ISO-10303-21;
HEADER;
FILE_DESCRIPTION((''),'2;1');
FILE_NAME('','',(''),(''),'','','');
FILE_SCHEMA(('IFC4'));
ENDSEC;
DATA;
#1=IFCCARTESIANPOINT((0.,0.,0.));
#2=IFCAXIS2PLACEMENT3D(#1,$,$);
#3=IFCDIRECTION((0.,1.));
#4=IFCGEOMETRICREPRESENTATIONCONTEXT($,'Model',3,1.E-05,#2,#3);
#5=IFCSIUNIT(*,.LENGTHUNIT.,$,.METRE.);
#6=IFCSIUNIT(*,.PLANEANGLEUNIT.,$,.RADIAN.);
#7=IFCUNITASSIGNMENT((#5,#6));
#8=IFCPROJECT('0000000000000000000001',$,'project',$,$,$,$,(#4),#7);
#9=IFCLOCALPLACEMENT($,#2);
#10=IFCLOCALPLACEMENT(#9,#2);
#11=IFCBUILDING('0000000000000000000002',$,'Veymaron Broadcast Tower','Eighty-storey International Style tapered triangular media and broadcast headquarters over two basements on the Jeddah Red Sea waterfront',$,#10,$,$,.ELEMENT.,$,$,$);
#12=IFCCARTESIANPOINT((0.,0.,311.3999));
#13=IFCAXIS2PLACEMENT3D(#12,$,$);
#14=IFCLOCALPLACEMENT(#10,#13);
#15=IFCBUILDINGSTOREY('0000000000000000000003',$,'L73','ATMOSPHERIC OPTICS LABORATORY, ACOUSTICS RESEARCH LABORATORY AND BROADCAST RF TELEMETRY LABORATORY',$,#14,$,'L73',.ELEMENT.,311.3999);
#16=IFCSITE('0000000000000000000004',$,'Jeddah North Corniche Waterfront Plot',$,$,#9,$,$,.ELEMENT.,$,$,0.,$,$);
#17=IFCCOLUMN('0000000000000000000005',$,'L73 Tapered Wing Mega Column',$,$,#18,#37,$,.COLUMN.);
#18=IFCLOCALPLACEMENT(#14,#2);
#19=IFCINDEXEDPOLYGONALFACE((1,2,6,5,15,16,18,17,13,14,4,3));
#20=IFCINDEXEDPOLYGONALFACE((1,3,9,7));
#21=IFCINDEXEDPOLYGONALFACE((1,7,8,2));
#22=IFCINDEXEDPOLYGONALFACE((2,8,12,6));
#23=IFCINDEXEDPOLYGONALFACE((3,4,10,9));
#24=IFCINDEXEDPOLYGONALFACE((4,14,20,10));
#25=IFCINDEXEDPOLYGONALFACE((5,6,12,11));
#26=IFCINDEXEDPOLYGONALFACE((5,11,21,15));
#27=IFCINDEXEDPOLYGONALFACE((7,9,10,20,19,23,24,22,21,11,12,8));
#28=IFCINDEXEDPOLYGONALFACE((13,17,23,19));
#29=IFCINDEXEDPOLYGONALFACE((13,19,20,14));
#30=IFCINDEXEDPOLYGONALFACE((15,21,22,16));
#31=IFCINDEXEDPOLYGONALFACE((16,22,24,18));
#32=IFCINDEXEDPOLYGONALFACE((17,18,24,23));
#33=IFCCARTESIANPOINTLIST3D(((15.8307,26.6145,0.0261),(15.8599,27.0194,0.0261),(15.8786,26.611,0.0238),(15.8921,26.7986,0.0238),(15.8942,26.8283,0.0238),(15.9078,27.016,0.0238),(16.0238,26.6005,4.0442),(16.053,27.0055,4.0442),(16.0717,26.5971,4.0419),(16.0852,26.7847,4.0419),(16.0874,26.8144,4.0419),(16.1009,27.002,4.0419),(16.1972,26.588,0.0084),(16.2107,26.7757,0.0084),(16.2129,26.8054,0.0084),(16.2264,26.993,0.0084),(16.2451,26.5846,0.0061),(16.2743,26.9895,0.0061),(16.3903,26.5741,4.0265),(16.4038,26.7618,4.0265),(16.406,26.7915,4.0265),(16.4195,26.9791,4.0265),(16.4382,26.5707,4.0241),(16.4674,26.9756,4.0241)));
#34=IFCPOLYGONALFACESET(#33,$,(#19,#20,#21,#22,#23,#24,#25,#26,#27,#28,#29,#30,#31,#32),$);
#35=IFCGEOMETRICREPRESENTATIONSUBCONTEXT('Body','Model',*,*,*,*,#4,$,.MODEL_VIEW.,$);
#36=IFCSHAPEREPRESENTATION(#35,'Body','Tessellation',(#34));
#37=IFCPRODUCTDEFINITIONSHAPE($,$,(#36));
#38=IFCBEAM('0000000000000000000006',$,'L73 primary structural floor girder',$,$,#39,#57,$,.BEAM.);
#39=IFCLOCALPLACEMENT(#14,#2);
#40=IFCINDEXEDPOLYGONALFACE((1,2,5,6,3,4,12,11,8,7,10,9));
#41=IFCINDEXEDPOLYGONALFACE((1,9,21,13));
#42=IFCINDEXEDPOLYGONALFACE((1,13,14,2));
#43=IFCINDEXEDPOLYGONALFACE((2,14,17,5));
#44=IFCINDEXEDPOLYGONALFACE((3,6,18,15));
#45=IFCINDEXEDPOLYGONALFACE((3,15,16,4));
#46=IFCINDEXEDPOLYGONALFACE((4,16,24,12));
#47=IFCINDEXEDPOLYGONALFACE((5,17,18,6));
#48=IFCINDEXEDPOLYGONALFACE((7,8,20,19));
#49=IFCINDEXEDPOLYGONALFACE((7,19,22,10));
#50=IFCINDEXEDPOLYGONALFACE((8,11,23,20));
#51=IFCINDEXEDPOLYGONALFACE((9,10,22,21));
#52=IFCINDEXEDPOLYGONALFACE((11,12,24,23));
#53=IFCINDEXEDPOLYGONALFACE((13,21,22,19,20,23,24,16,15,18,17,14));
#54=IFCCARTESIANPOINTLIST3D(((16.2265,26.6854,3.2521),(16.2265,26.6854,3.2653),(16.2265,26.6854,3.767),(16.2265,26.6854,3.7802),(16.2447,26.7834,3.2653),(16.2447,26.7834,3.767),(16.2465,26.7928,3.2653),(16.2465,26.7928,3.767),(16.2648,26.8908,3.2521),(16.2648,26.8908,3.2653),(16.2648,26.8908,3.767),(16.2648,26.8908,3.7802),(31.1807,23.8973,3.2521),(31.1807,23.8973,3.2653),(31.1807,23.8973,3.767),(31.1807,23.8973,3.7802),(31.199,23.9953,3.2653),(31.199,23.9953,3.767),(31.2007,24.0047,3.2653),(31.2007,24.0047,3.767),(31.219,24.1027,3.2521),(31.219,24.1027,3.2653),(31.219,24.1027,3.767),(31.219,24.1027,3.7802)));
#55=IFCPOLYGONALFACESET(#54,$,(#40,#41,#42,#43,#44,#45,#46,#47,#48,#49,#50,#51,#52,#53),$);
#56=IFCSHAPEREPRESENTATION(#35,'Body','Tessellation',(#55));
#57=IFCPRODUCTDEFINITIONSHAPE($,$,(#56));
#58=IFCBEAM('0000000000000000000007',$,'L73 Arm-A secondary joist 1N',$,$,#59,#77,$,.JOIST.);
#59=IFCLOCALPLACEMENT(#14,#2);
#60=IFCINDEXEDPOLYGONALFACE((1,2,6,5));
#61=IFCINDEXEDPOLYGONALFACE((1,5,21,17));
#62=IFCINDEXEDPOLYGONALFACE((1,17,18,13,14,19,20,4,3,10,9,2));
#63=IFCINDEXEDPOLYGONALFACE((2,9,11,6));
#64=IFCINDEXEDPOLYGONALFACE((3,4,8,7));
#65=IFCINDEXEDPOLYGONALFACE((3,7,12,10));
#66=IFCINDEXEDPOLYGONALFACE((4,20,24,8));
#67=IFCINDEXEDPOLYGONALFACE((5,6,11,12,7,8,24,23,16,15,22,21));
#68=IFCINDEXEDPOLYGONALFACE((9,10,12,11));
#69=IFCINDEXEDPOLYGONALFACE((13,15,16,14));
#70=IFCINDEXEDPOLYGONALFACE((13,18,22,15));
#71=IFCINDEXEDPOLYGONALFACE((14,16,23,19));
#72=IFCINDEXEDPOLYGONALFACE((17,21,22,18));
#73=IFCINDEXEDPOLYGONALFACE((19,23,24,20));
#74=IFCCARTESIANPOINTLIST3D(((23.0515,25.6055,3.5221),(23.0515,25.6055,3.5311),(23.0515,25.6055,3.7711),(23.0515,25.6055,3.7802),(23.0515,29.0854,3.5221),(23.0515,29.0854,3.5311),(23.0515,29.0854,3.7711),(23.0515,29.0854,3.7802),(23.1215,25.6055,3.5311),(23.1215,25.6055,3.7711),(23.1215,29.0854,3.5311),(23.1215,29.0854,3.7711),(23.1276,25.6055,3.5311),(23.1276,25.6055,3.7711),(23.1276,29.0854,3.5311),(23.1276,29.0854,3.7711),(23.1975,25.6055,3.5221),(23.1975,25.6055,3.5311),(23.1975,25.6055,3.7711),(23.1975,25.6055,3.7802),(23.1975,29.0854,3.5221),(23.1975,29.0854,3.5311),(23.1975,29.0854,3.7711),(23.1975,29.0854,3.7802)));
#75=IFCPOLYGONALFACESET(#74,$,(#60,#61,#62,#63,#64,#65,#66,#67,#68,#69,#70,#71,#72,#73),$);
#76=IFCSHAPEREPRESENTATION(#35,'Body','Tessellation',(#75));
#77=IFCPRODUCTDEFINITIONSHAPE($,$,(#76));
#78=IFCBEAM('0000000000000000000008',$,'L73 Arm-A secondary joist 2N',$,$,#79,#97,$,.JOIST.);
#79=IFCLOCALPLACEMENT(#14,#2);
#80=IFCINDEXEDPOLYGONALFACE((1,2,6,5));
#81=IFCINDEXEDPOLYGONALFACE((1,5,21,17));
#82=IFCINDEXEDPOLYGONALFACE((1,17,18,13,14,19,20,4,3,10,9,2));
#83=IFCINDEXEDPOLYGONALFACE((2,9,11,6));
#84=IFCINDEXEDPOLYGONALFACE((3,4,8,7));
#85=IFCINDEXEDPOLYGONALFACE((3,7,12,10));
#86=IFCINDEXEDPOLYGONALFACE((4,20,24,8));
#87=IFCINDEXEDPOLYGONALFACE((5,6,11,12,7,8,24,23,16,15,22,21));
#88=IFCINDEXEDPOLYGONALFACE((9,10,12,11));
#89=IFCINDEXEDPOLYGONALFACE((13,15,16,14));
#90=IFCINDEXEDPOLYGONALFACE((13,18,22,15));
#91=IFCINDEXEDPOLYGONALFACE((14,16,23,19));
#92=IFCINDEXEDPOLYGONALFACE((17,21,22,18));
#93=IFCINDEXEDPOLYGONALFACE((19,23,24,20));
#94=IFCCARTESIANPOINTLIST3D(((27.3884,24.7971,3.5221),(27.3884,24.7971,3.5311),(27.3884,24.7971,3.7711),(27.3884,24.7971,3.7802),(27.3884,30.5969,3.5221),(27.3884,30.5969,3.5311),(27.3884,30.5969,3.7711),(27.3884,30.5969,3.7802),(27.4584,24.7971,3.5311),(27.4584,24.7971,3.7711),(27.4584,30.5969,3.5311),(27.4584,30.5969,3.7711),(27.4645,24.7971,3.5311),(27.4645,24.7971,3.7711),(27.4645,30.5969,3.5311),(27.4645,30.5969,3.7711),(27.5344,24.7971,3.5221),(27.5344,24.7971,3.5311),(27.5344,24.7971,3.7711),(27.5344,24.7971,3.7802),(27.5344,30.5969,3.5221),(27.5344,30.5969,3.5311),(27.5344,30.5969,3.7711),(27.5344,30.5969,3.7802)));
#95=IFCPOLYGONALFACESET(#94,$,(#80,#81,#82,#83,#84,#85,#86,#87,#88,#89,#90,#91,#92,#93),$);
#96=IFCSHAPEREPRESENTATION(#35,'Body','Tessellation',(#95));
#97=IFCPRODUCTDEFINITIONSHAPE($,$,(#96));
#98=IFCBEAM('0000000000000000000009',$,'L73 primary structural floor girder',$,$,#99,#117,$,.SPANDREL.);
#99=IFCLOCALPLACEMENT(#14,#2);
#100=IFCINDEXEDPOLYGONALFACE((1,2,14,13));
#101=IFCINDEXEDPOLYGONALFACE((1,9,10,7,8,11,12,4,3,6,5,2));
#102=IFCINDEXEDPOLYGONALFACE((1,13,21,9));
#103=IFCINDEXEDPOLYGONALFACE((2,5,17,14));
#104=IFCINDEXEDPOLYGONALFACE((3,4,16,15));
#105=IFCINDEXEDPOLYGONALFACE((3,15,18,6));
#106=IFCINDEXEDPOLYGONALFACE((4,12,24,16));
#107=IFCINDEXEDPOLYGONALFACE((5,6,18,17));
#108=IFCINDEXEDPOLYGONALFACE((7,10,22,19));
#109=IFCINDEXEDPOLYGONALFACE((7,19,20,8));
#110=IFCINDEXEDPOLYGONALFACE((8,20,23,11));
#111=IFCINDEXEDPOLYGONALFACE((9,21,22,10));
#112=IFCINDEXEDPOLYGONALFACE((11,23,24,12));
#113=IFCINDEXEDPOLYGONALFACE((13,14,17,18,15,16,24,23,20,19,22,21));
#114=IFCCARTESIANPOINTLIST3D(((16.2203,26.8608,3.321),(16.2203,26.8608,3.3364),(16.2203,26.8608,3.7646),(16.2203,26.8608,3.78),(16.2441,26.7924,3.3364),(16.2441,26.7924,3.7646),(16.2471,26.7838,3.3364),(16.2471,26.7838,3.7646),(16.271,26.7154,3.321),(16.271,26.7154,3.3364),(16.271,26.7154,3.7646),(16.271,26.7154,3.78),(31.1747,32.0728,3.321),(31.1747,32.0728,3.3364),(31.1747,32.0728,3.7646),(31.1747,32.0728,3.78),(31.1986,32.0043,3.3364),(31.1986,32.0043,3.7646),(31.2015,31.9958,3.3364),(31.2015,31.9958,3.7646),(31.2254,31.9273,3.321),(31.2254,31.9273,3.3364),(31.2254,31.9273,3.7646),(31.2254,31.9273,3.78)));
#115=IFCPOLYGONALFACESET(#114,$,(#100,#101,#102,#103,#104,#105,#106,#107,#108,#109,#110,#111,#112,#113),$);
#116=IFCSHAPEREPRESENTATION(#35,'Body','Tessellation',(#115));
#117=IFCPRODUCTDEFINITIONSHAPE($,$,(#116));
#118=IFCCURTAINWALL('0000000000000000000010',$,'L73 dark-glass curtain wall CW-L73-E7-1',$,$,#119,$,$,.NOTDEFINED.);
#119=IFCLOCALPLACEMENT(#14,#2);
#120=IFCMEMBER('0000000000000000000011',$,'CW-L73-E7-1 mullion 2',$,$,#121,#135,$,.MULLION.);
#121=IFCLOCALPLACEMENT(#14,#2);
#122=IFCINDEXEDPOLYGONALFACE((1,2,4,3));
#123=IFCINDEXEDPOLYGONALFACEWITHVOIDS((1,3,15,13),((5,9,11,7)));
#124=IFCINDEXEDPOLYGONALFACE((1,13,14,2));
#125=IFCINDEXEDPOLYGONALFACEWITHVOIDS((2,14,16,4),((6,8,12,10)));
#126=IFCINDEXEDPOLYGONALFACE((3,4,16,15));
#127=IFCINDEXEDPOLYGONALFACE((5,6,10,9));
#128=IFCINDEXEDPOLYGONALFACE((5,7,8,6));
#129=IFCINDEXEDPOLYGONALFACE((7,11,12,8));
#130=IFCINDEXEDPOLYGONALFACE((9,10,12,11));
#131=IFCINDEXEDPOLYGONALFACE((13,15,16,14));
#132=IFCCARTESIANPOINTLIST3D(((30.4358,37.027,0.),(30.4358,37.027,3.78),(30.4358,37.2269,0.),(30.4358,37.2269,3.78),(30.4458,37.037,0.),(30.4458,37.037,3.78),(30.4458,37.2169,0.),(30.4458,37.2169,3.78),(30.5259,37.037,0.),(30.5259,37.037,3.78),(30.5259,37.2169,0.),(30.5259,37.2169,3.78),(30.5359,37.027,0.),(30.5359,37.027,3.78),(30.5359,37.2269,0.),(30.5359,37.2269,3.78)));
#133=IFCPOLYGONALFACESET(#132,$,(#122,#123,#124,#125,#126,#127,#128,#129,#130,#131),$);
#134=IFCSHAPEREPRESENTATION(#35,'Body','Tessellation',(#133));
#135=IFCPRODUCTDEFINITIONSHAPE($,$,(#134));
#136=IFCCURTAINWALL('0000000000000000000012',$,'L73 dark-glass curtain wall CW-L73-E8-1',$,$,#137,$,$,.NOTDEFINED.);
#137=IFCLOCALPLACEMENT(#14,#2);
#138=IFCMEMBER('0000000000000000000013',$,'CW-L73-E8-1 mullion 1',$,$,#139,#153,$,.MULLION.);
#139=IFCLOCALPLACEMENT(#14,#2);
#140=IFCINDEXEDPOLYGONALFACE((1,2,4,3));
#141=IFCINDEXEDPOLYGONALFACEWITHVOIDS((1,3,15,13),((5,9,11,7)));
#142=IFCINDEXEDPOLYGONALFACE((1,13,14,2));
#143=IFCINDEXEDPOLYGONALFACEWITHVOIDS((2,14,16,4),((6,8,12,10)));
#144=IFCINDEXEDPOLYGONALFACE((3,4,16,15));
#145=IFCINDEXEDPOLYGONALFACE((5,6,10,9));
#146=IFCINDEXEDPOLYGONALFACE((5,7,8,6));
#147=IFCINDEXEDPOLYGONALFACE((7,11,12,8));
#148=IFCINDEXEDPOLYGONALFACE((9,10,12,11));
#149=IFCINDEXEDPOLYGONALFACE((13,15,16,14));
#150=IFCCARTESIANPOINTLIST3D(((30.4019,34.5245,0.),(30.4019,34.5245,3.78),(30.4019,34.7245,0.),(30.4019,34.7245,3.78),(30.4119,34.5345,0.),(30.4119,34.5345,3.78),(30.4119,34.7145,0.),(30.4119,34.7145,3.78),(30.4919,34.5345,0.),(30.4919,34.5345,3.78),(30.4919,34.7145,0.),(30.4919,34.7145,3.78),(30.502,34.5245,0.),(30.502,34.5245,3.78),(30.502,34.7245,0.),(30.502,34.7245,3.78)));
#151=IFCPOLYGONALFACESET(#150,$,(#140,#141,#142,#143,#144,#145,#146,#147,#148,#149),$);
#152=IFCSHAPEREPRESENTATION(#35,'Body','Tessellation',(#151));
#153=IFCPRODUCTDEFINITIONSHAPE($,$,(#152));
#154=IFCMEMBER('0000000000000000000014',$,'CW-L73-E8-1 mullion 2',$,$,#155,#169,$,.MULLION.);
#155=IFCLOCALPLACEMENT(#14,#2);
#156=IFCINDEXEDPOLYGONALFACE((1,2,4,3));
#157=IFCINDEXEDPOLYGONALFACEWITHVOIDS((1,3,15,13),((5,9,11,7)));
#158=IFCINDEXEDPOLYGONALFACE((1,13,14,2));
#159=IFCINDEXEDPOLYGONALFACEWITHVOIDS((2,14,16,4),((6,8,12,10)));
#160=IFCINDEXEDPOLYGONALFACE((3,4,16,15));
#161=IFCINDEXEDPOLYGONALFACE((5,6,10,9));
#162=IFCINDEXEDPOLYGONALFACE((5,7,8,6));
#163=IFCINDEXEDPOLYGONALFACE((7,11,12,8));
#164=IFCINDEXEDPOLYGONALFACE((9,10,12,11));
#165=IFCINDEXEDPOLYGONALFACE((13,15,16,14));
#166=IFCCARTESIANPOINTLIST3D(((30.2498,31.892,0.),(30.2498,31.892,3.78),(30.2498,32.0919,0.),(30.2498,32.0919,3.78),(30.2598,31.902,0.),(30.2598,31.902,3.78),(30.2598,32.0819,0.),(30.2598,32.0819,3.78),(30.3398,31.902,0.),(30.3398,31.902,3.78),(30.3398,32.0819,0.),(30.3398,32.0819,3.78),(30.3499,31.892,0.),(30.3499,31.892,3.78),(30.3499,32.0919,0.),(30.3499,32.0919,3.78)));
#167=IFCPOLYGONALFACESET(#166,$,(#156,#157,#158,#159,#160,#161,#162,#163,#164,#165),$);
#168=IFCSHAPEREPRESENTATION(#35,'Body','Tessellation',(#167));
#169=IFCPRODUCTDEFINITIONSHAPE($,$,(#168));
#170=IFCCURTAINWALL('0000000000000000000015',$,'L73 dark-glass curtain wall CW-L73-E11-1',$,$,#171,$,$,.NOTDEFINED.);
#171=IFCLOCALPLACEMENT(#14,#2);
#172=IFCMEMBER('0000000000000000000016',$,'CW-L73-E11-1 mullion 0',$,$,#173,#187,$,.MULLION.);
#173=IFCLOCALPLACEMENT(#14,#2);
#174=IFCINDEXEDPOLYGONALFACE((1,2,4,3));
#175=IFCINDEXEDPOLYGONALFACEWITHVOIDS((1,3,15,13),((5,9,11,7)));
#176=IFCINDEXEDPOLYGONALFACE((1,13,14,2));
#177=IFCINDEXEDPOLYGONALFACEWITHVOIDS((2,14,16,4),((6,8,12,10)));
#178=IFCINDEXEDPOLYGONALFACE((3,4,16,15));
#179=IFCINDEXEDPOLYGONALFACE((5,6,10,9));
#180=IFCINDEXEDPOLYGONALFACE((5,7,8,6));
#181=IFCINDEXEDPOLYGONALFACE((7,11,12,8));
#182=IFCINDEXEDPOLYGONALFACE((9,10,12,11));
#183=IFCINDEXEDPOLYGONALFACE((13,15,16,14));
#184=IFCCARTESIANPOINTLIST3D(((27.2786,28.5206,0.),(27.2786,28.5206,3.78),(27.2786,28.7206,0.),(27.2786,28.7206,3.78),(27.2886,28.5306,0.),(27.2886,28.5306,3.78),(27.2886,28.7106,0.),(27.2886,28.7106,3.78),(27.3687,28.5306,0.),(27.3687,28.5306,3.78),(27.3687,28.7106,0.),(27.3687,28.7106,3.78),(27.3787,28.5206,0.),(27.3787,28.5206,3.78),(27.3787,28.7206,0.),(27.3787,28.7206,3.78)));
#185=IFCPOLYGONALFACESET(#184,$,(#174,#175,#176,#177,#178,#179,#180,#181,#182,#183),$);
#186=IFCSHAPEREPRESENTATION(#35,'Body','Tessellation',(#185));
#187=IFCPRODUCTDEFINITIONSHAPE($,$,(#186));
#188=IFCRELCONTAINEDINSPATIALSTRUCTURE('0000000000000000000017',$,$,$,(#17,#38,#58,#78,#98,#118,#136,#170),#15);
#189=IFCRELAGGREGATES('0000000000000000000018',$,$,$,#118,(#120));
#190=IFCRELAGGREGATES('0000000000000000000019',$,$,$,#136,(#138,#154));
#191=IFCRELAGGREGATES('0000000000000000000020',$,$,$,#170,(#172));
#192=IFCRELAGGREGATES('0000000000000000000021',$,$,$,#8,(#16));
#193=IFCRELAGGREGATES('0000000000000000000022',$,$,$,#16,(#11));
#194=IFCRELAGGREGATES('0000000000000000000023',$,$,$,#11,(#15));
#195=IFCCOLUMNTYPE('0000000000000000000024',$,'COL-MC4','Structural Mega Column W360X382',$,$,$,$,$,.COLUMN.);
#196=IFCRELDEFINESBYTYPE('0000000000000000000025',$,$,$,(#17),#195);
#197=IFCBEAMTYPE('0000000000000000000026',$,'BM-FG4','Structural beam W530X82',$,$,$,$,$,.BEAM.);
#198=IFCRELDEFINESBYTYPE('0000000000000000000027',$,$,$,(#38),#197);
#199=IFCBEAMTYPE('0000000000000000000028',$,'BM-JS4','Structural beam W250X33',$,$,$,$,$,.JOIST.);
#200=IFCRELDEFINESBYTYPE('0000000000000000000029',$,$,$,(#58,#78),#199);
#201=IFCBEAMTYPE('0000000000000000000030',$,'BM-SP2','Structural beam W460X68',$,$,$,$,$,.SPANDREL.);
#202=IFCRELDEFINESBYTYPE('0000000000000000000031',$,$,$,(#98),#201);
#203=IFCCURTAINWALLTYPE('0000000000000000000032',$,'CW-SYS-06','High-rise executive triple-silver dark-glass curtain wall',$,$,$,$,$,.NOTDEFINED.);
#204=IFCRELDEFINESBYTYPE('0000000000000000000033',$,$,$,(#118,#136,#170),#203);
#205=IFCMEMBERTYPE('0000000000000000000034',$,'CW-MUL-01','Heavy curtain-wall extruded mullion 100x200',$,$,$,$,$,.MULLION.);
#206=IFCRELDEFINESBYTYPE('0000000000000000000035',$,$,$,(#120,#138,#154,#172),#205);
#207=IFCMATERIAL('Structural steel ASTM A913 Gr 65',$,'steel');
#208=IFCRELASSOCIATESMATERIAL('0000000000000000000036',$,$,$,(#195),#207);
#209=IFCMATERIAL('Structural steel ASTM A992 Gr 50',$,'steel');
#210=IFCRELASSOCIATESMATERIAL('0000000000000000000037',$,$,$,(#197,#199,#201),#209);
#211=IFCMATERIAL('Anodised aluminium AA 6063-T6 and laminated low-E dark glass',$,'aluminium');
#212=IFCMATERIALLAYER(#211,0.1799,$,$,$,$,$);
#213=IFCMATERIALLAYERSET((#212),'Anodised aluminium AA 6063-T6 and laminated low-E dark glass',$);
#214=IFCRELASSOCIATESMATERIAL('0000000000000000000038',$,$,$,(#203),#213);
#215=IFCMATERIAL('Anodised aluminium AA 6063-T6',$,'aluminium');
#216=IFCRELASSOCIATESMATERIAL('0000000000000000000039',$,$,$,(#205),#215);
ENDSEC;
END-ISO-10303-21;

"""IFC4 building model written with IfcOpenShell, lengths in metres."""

from ifc_helpers import new_model, si_unit, direction, frame, origin, origin_2d, place, context, subcontext, project, spatial, hollow_rectangle, i_section, extrude, material, layer, layer_set, material_profile, profile_set, type_object, element, aggregate, save


model = new_model("IFC4")

# Units and contexts
model_context = context("Model", 3, precision=1e-05, world=origin(), true_north=direction((0.0, 1.0)))
body_context = subcontext(model_context, "Body", "Model", "MODEL_VIEW")
ifc_project = project(units=[si_unit("LENGTHUNIT", "METRE"), si_unit("PLANEANGLEUNIT", "RADIAN")], contexts=[model_context])

# Site, building, storey
site_placement = place(None, origin())
site = spatial("IfcSite", under=ifc_project, at=site_placement, Name="Jeddah North Corniche Waterfront Plot", CompositionType="ELEMENT", RefElevation=0.0)
building_placement = place(site_placement, origin())
building = spatial("IfcBuilding", under=site, at=building_placement, Name="Veymaron Broadcast Tower", Description="Eighty-storey International Style tapered triangular media and broadcast headquarters over two basements on the Jeddah Red Sea waterfront", CompositionType="ELEMENT")
storey_placement = place(building_placement, frame((0.0, 0.0, 311.3999)))
storey = spatial("IfcBuildingStorey", under=building, at=storey_placement, Name="L73", Description="ATMOSPHERIC OPTICS LABORATORY, ACOUSTICS RESEARCH LABORATORY AND BROADCAST RF TELEMETRY LABORATORY", LongName="L73", CompositionType="ELEMENT", Elevation=311.3999)

# Column
ifc_material_1 = material(Name="Structural steel ASTM A913 Gr 65", Category="steel")
ifc_material_profile_1 = material_profile(ifc_material_1, i_section(OverallWidth=0.406, OverallDepth=0.416, WebThickness=0.0298, FlangeThickness=0.0481, at=origin_2d()), Name="W360X382")
ifc_profile_set_1 = profile_set([ifc_material_profile_1], Name="Structural steel ASTM A913 Gr 65")
column_type = type_object("IfcColumnType", Name="COL-MC4", Description="Structural Mega Column W360X382", PredefinedType="COLUMN", material=ifc_profile_set_1)
column_placement = place(storey_placement, frame((16.0525, 26.802, 0.0161), z_axis=(0.048006, -0.003459, 0.998841), x_axis=(0.071874, 0.997414, 0.0)))
element("IfcColumn", 1, at=column_placement, inside=storey, type_object=column_type, Name="L73 Tapered Wing Mega Column", PredefinedType="COLUMN", context=body_context, shape_type="SweptSolid", body=[
    extrude(i_section(OverallWidth=0.406, OverallDepth=0.416, WebThickness=0.0298, FlangeThickness=0.0481, at=origin_2d()), origin(), (0.0, 0.0, 1.0), 4.0227),
])

# Beams
ifc_material_2 = material(Name="Structural steel ASTM A992 Gr 50", Category="steel")
ifc_material_profile_2 = material_profile(ifc_material_2, i_section(OverallWidth=0.209, OverallDepth=0.5281, WebThickness=0.0095, FlangeThickness=0.0132, at=origin_2d()), Name="W530X82")
ifc_profile_set_2 = profile_set([ifc_material_profile_2], Name="Structural steel ASTM A992 Gr 50")
beam_type_1 = type_object("IfcBeamType", Name="BM-FG4", Description="Structural beam W530X82", PredefinedType="BEAM", material=ifc_profile_set_2)
beam_1_placement = place(storey_placement, frame((16.2456, 26.7881, 3.5161), z_axis=(0.98306, -0.183282, 0.0), x_axis=(0.183282, 0.98306, 0.0)))
element("IfcBeam", 2, at=beam_1_placement, inside=storey, type_object=beam_type_1, Name="L73 primary structural floor girder", PredefinedType="BEAM", context=body_context, shape_type="SweptSolid", body=[
    extrude(i_section(OverallWidth=0.209, OverallDepth=0.5281, WebThickness=0.0095, FlangeThickness=0.0132, at=origin_2d()), origin(), (0.0, 0.0, 1.0), 15.2119),
])
ifc_material_profile_3 = material_profile(ifc_material_2, i_section(OverallWidth=0.146, OverallDepth=0.2581, WebThickness=0.0061, FlangeThickness=0.009, at=origin_2d()), Name="W250X33")
ifc_profile_set_3 = profile_set([ifc_material_profile_3], Name="Structural steel ASTM A992 Gr 50")
beam_type_2 = type_object("IfcBeamType", Name="BM-JS4", Description="Structural beam W250X33", PredefinedType="JOIST", material=ifc_profile_set_3)
beam_2_placement = place(storey_placement, frame((23.1245, 25.6055, 3.6511), z_axis=(0.0, 1.0, 0.0), x_axis=(-1.0, 0.0, 0.0)))
element("IfcBeam", 3, at=beam_2_placement, inside=storey, type_object=beam_type_2, Name="L73 Arm-A secondary joist 1N", PredefinedType="JOIST", context=body_context, shape_type="SweptSolid", body=[
    extrude(i_section(OverallWidth=0.146, OverallDepth=0.2581, WebThickness=0.0061, FlangeThickness=0.009, at=origin_2d()), origin(), (0.0, 0.0, 1.0), 3.48),
])
beam_3_placement = place(storey_placement, frame((27.4614, 24.7971, 3.6511), z_axis=(0.0, 1.0, 0.0), x_axis=(-1.0, 0.0, 0.0)))
element("IfcBeam", 4, at=beam_3_placement, inside=storey, type_object=beam_type_2, Name="L73 Arm-A secondary joist 2N", PredefinedType="JOIST", context=body_context, shape_type="SweptSolid", body=[
    extrude(i_section(OverallWidth=0.146, OverallDepth=0.2581, WebThickness=0.0061, FlangeThickness=0.009, at=origin_2d()), origin(), (0.0, 0.0, 1.0), 5.7998),
])
ifc_material_profile_4 = material_profile(ifc_material_2, i_section(OverallWidth=0.1541, OverallDepth=0.459, WebThickness=0.009, FlangeThickness=0.0154, at=origin_2d()), Name="W460X68")
ifc_profile_set_4 = profile_set([ifc_material_profile_4], Name="Structural steel ASTM A992 Gr 50")
beam_type_3 = type_object("IfcBeamType", Name="BM-SP2", Description="Structural beam W460X68", PredefinedType="SPANDREL", material=ifc_profile_set_4)
beam_4_placement = place(storey_placement, frame((16.2456, 26.7881, 3.5505), z_axis=(0.944293, 0.329107, 0.0), x_axis=(-0.329107, 0.944293, 0.0)))
element("IfcBeam", 5, at=beam_4_placement, inside=storey, type_object=beam_type_3, Name="L73 primary structural floor girder", PredefinedType="SPANDREL", context=body_context, shape_type="SweptSolid", body=[
    extrude(i_section(OverallWidth=0.1541, OverallDepth=0.459, WebThickness=0.009, FlangeThickness=0.0154, at=origin_2d()), origin(), (0.0, 0.0, 1.0), 15.8367),
])

# Curtain wall, member
ifc_material_3 = material(Name="Anodised aluminium AA 6063-T6 and laminated low-E dark glass", Category="aluminium")
ifc_layer_1 = layer(ifc_material_3, 0.1799)
ifc_layer_set_1 = layer_set([ifc_layer_1], Name="Anodised aluminium AA 6063-T6 and laminated low-E dark glass")
curtain_wall_type = type_object("IfcCurtainWallType", Name="CW-SYS-06", Description="High-rise executive triple-silver dark-glass curtain wall", PredefinedType="NOTDEFINED", material=ifc_layer_set_1)
curtain_wall_1_placement = place(storey_placement, origin())
curtain_wall_1 = element("IfcCurtainWall", 6, at=curtain_wall_1_placement, inside=storey, type_object=curtain_wall_type, Name="L73 dark-glass curtain wall CW-L73-E7-1", PredefinedType="NOTDEFINED")
ifc_material_4 = material(Name="Anodised aluminium AA 6063-T6", Category="aluminium")
ifc_material_profile_5 = material_profile(ifc_material_4, hollow_rectangle(XDim=0.1001, YDim=0.2, WallThickness=0.01, at=origin_2d()), Name="RHS200X100X10")
ifc_profile_set_5 = profile_set([ifc_material_profile_5], Name="Anodised aluminium AA 6063-T6")
member_type_1 = type_object("IfcMemberType", Name="CW-MUL-01", Description="Heavy curtain-wall extruded mullion 100x200", PredefinedType="MULLION", material=ifc_profile_set_5)
member_1_placement = place(storey_placement, frame((30.4858, 37.127, 0.0), z_axis=(0.0, 0.0, 1.0), x_axis=(1.0, 0.0, 0.0)))
member_1 = element("IfcMember", 7, at=member_1_placement, type_object=member_type_1, Name="CW-L73-E7-1 mullion 2", PredefinedType="MULLION", context=body_context, shape_type="SweptSolid", body=[
    extrude(hollow_rectangle(XDim=0.1001, YDim=0.2, WallThickness=0.01, at=origin_2d()), origin(), (0.0, 0.0, 1.0), 3.78),
])
aggregate(curtain_wall_1, [member_1])

# Curtain walls, members
curtain_wall_2_placement = place(storey_placement, origin())
curtain_wall_2 = element("IfcCurtainWall", 8, at=curtain_wall_2_placement, inside=storey, type_object=curtain_wall_type, Name="L73 dark-glass curtain wall CW-L73-E8-1", PredefinedType="NOTDEFINED")
member_2_placement = place(storey_placement, frame((30.4519, 34.6245, 0.0), z_axis=(0.0, 0.0, 1.0), x_axis=(1.0, 0.0, 0.0)))
member_2 = element("IfcMember", 9, at=member_2_placement, type_object=member_type_1, Name="CW-L73-E8-1 mullion 1", PredefinedType="MULLION", context=body_context, shape_type="SweptSolid", body=[
    extrude(hollow_rectangle(XDim=0.1001, YDim=0.2, WallThickness=0.01, at=origin_2d()), origin(), (0.0, 0.0, 1.0), 3.78),
])
member_3_placement = place(storey_placement, frame((30.2998, 31.9919, 0.0), z_axis=(0.0, 0.0, 1.0), x_axis=(1.0, 0.0, 0.0)))
member_3 = element("IfcMember", 10, at=member_3_placement, type_object=member_type_1, Name="CW-L73-E8-1 mullion 2", PredefinedType="MULLION", context=body_context, shape_type="SweptSolid", body=[
    extrude(hollow_rectangle(XDim=0.1001, YDim=0.2, WallThickness=0.01, at=origin_2d()), origin(), (0.0, 0.0, 1.0), 3.78),
])
curtain_wall_3_placement = place(storey_placement, origin())
curtain_wall_3 = element("IfcCurtainWall", 11, at=curtain_wall_3_placement, inside=storey, type_object=curtain_wall_type, Name="L73 dark-glass curtain wall CW-L73-E11-1", PredefinedType="NOTDEFINED")
member_4_placement = place(storey_placement, frame((27.3286, 28.6206, 0.0), z_axis=(0.0, 0.0, 1.0), x_axis=(1.0, 0.0, 0.0)))
member_4 = element("IfcMember", 12, at=member_4_placement, type_object=member_type_1, Name="CW-L73-E11-1 mullion 0", PredefinedType="MULLION", context=body_context, shape_type="SweptSolid", body=[
    extrude(hollow_rectangle(XDim=0.1001, YDim=0.2, WallThickness=0.01, at=origin_2d()), origin(), (0.0, 0.0, 1.0), 3.78),
])

aggregate(curtain_wall_2, [member_2, member_3])
aggregate(curtain_wall_3, [member_4])

save(model, "model.ifc")
